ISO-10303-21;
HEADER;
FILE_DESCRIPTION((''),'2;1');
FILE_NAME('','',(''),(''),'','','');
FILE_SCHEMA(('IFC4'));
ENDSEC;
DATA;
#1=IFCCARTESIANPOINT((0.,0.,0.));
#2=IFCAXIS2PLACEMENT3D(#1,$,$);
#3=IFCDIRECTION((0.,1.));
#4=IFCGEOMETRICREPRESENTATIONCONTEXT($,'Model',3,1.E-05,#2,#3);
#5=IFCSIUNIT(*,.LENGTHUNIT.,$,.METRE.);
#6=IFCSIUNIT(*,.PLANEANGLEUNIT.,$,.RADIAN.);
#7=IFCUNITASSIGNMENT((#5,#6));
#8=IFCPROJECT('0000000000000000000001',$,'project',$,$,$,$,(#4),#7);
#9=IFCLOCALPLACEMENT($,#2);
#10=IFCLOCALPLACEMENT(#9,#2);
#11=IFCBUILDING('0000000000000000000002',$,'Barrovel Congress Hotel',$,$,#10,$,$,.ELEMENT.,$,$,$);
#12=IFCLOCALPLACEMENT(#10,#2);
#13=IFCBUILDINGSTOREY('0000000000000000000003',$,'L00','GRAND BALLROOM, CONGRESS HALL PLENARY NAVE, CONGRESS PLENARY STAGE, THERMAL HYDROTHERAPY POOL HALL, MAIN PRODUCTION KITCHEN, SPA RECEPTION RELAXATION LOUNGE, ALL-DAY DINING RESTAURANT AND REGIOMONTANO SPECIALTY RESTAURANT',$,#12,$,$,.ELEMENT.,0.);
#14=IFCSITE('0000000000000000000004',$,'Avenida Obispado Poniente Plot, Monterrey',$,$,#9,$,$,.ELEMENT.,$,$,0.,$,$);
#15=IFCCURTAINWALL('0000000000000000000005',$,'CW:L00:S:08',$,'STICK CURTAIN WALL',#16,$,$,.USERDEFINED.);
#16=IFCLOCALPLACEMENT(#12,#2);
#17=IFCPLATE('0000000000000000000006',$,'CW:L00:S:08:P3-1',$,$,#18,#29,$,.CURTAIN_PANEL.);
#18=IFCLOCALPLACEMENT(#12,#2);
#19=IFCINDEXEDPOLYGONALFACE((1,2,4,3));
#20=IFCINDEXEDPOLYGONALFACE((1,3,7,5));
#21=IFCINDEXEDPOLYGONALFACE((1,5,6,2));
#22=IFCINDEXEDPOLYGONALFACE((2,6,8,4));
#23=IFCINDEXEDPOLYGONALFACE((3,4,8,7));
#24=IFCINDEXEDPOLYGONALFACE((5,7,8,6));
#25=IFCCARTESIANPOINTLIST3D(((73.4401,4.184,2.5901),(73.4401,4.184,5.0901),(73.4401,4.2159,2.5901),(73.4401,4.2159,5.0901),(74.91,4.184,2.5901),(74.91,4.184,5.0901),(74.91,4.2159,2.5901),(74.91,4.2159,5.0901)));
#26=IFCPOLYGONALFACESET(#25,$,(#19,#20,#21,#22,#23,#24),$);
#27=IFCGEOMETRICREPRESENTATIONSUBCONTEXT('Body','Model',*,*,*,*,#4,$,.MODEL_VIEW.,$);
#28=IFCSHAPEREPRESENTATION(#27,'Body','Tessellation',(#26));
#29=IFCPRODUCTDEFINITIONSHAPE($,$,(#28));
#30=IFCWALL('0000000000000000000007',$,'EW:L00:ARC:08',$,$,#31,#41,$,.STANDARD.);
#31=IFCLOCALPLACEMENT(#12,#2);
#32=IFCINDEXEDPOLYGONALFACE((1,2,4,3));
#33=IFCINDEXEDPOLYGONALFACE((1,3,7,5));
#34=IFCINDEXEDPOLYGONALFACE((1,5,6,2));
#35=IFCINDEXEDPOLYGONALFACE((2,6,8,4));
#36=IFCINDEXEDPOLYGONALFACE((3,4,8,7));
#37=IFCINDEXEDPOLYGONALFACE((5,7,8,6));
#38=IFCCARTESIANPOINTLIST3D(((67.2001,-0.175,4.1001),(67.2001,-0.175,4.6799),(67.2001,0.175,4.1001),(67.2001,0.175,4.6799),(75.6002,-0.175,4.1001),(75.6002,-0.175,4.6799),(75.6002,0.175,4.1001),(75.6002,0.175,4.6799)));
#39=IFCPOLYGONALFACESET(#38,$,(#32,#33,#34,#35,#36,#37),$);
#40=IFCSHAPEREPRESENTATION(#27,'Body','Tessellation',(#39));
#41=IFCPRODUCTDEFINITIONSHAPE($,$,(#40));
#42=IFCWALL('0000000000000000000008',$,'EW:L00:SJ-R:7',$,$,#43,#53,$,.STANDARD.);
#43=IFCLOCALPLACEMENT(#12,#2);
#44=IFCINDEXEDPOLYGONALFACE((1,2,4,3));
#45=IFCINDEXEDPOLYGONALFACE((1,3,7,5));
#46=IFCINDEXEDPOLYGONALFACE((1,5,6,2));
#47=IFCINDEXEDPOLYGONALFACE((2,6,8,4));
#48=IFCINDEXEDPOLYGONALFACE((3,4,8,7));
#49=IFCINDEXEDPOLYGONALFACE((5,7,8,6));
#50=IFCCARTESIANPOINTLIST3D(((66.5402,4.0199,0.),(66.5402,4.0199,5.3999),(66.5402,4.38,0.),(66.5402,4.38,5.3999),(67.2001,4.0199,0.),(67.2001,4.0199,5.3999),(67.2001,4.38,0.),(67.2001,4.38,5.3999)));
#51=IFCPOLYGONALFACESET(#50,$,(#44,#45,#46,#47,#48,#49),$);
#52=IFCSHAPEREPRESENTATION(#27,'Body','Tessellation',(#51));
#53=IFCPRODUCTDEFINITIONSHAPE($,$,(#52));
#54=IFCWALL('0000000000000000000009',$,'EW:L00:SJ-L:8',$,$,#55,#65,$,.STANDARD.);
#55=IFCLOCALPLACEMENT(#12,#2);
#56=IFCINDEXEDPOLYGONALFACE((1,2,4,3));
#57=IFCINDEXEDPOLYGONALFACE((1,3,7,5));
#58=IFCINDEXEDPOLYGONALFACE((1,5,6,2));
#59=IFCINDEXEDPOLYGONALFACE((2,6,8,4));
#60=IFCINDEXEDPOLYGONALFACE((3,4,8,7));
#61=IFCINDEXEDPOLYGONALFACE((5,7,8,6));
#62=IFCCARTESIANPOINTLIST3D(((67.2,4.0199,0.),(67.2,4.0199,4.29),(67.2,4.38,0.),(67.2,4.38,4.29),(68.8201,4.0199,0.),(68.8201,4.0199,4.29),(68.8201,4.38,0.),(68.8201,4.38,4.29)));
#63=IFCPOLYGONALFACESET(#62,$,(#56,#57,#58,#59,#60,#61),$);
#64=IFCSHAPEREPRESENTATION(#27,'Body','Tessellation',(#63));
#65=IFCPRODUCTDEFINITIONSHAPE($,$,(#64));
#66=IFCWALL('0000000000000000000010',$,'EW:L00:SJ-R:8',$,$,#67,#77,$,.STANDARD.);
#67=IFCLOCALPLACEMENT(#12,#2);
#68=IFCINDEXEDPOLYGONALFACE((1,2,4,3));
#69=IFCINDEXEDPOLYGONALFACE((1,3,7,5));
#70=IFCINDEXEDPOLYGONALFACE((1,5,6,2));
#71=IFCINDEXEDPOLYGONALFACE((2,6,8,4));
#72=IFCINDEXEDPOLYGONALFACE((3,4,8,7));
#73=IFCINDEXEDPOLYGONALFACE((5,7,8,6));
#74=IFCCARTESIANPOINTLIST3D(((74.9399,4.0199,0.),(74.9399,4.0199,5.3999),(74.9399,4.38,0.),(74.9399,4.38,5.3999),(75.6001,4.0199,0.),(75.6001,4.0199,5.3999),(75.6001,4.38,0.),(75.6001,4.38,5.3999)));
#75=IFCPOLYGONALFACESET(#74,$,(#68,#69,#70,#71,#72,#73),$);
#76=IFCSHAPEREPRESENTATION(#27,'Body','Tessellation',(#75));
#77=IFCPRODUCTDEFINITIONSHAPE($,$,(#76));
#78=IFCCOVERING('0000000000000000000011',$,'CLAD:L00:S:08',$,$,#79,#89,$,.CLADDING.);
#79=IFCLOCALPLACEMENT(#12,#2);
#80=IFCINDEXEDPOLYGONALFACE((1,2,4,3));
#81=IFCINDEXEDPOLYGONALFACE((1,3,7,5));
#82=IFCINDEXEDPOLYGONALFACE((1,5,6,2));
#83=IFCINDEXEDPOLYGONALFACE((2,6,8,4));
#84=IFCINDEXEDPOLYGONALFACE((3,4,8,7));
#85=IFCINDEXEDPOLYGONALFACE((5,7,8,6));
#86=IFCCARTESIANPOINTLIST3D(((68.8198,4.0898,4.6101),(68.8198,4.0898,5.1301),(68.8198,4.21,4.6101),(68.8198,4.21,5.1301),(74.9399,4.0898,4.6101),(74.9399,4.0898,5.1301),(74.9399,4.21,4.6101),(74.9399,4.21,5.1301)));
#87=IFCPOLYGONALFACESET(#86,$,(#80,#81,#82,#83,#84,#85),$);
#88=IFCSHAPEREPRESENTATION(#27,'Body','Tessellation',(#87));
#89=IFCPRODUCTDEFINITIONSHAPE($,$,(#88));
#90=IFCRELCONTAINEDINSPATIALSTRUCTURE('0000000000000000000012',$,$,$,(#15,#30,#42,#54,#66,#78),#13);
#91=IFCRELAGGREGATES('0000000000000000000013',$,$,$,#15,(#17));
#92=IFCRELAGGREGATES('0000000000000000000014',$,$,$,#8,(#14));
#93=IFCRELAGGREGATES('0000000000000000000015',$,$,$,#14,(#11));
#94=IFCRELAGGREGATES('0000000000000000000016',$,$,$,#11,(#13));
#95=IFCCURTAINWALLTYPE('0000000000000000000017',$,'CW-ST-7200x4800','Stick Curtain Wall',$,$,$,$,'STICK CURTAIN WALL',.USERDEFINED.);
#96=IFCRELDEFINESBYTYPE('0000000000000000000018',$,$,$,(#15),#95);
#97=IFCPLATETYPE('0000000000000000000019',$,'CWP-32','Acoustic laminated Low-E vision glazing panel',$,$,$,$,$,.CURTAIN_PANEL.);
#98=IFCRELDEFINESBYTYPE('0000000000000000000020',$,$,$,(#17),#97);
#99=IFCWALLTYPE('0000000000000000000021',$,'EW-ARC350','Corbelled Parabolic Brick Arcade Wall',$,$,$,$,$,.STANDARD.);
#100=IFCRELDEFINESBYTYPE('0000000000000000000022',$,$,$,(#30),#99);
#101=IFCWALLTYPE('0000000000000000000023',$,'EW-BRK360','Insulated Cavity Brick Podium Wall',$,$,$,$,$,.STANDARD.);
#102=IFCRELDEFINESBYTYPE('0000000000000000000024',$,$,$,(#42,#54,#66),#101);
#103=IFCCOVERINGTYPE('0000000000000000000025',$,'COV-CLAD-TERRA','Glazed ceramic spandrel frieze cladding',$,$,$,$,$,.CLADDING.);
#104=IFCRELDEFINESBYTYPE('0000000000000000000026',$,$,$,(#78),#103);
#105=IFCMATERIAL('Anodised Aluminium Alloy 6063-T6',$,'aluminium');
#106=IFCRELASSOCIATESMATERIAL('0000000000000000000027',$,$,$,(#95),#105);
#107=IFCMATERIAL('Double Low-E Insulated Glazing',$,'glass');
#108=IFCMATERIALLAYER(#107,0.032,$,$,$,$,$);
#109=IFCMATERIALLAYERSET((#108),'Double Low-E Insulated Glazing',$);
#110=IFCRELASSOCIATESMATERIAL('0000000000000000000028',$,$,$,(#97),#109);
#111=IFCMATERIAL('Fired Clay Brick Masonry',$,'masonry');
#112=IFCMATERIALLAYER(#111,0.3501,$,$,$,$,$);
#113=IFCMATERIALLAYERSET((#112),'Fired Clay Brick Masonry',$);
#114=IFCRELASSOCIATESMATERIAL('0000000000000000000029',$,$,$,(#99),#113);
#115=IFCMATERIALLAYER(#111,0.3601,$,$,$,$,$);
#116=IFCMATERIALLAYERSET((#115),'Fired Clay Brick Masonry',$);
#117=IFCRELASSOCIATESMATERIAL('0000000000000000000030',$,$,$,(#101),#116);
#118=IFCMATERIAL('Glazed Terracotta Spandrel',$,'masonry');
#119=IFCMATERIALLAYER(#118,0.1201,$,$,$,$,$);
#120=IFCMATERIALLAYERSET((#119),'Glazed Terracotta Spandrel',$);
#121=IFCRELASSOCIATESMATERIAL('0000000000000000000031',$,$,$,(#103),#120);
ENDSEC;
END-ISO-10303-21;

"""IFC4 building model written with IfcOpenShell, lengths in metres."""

from ifc_helpers import new_model, si_unit, direction, frame, frame_2d, origin, origin_2d, place, context, subcontext, project, spatial, rectangle, extrude, material, layer, layer_set, type_object, element, aggregate, save


model = new_model("IFC4")

# Units and contexts
model_context = context("Model", 3, precision=1e-05, world=origin(), true_north=direction((0.0, 1.0)))
body_context = subcontext(model_context, "Body", "Model", "MODEL_VIEW")
ifc_project = project(units=[si_unit("LENGTHUNIT", "METRE"), si_unit("PLANEANGLEUNIT", "RADIAN")], contexts=[model_context])

# Site, building, storey
site_placement = place(None, origin())
site = spatial("IfcSite", under=ifc_project, at=site_placement, Name="Avenida Obispado Poniente Plot, Monterrey", CompositionType="ELEMENT", RefElevation=0.0)
building_placement = place(site_placement, origin())
building = spatial("IfcBuilding", under=site, at=building_placement, Name="Barrovel Congress Hotel", CompositionType="ELEMENT")
storey_placement = place(building_placement, origin())
storey = spatial("IfcBuildingStorey", under=building, at=storey_placement, Name="L00", Description="GRAND BALLROOM, CONGRESS HALL PLENARY NAVE, CONGRESS PLENARY STAGE, THERMAL HYDROTHERAPY POOL HALL, MAIN PRODUCTION KITCHEN, SPA RECEPTION RELAXATION LOUNGE, ALL-DAY DINING RESTAURANT AND REGIOMONTANO SPECIALTY RESTAURANT", CompositionType="ELEMENT", Elevation=0.0)

# Curtain wall
ifc_material_1 = material(Name="Anodised Aluminium Alloy 6063-T6", Category="aluminium")
curtain_wall_type = type_object("IfcCurtainWallType", Name="CW-ST-7200x4800", Description="Stick Curtain Wall", ElementType="STICK CURTAIN WALL", PredefinedType="USERDEFINED", material=ifc_material_1)
curtain_wall_1_placement = place(storey_placement, origin())
curtain_wall_1 = element("IfcCurtainWall", 1, at=curtain_wall_1_placement, inside=storey, type_object=curtain_wall_type, Name="CW:L00:S:08", ObjectType="STICK CURTAIN WALL", PredefinedType="USERDEFINED")

# Plate
ifc_material_2 = material(Name="Double Low-E Insulated Glazing", Category="glass")
ifc_layer_1 = layer(ifc_material_2, 0.032)
ifc_layer_set_1 = layer_set([ifc_layer_1], Name="Double Low-E Insulated Glazing")
plate_type_1 = type_object("IfcPlateType", Name="CWP-32", Description="Acoustic laminated Low-E vision glazing panel", PredefinedType="CURTAIN_PANEL", material=ifc_layer_set_1)
plate_1_placement = place(storey_placement, frame((74.175, 4.2, 2.5901), z_axis=(0.0, 0.0, 1.0), x_axis=(1.0, 0.0, 0.0)))
plate_1 = element("IfcPlate", 2, at=plate_1_placement, type_object=plate_type_1, Name="CW:L00:S:08:P3-1", PredefinedType="CURTAIN_PANEL", context=body_context, shape_type="SweptSolid", body=[
    extrude(rectangle(XDim=1.47, YDim=0.032, at=origin_2d()), origin(), (0.0, 0.0, 1.0), 2.5),
])
aggregate(curtain_wall_1, [plate_1])

# Walls
ifc_material_3 = material(Name="Fired Clay Brick Masonry", Category="masonry")
ifc_layer_2 = layer(ifc_material_3, 0.3501)
ifc_layer_set_2 = layer_set([ifc_layer_2], Name="Fired Clay Brick Masonry")
wall_type_1 = type_object("IfcWallType", Name="EW-ARC350", Description="Corbelled Parabolic Brick Arcade Wall", PredefinedType="STANDARD", material=ifc_layer_set_2)
wall_1_placement = place(storey_placement, frame((67.2, 0.0, 4.1001), z_axis=(0.0, 0.0, 1.0), x_axis=(1.0, 0.0, 0.0)))
element("IfcWall", 3, at=wall_1_placement, inside=storey, type_object=wall_type_1, Name="EW:L00:ARC:08", PredefinedType="STANDARD", context=body_context, shape_type="SweptSolid", body=[
    extrude(rectangle(XDim=8.4001, YDim=0.3501, at=frame_2d((4.2002, 0.0))), origin(), (0.0, 0.0, 1.0), 0.5798),
])
ifc_layer_3 = layer(ifc_material_3, 0.3601)
ifc_layer_set_3 = layer_set([ifc_layer_3], Name="Fired Clay Brick Masonry")
wall_type_2 = type_object("IfcWallType", Name="EW-BRK360", Description="Insulated Cavity Brick Podium Wall", PredefinedType="STANDARD", material=ifc_layer_set_3)
wall_2_placement = place(storey_placement, frame((66.54, 4.2, 0.0), z_axis=(0.0, 0.0, 1.0), x_axis=(1.0, 0.0, 0.0)))
element("IfcWall", 4, at=wall_2_placement, inside=storey, type_object=wall_type_2, Name="EW:L00:SJ-R:7", PredefinedType="STANDARD", context=body_context, shape_type="SweptSolid", body=[
    extrude(rectangle(XDim=0.6599, YDim=0.3601, at=frame_2d((0.3301, 0.0))), origin(), (0.0, 0.0, 1.0), 5.3999),
])
wall_3_placement = place(storey_placement, frame((67.2, 4.2, 0.0), z_axis=(0.0, 0.0, 1.0), x_axis=(1.0, 0.0, 0.0)))
element("IfcWall", 5, at=wall_3_placement, inside=storey, type_object=wall_type_2, Name="EW:L00:SJ-L:8", PredefinedType="STANDARD", context=body_context, shape_type="SweptSolid", body=[
    extrude(rectangle(XDim=1.6201, YDim=0.3601, at=frame_2d((0.8101, 0.0))), origin(), (0.0, 0.0, 1.0), 4.29),
])
wall_4_placement = place(storey_placement, frame((74.9399, 4.2, 0.0), z_axis=(0.0, 0.0, 1.0), x_axis=(1.0, 0.0, 0.0)))
element("IfcWall", 6, at=wall_4_placement, inside=storey, type_object=wall_type_2, Name="EW:L00:SJ-R:8", PredefinedType="STANDARD", context=body_context, shape_type="SweptSolid", body=[
    extrude(rectangle(XDim=0.6602, YDim=0.3601, at=frame_2d((0.3301, 0.0))), origin(), (0.0, 0.0, 1.0), 5.3999),
])

# Covering
ifc_material_4 = material(Name="Glazed Terracotta Spandrel", Category="masonry")
ifc_layer_4 = layer(ifc_material_4, 0.1201)
ifc_layer_set_4 = layer_set([ifc_layer_4], Name="Glazed Terracotta Spandrel")
covering_type = type_object("IfcCoveringType", Name="COV-CLAD-TERRA", Description="Glazed ceramic spandrel frieze cladding", PredefinedType="CLADDING", material=ifc_layer_set_4)
covering_placement = place(storey_placement, frame((71.8799, 4.1499, 4.6101), z_axis=(0.0, 0.0, 1.0), x_axis=(1.0, 0.0, 0.0)))
element("IfcCovering", 7, at=covering_placement, inside=storey, type_object=covering_type, Name="CLAD:L00:S:08", PredefinedType="CLADDING", context=body_context, shape_type="SweptSolid", body=[
    extrude(rectangle(XDim=6.1201, YDim=0.1201, at=origin_2d()), origin(), (0.0, 0.0, 1.0), 0.52),
])

save(model, "model.ifc")
